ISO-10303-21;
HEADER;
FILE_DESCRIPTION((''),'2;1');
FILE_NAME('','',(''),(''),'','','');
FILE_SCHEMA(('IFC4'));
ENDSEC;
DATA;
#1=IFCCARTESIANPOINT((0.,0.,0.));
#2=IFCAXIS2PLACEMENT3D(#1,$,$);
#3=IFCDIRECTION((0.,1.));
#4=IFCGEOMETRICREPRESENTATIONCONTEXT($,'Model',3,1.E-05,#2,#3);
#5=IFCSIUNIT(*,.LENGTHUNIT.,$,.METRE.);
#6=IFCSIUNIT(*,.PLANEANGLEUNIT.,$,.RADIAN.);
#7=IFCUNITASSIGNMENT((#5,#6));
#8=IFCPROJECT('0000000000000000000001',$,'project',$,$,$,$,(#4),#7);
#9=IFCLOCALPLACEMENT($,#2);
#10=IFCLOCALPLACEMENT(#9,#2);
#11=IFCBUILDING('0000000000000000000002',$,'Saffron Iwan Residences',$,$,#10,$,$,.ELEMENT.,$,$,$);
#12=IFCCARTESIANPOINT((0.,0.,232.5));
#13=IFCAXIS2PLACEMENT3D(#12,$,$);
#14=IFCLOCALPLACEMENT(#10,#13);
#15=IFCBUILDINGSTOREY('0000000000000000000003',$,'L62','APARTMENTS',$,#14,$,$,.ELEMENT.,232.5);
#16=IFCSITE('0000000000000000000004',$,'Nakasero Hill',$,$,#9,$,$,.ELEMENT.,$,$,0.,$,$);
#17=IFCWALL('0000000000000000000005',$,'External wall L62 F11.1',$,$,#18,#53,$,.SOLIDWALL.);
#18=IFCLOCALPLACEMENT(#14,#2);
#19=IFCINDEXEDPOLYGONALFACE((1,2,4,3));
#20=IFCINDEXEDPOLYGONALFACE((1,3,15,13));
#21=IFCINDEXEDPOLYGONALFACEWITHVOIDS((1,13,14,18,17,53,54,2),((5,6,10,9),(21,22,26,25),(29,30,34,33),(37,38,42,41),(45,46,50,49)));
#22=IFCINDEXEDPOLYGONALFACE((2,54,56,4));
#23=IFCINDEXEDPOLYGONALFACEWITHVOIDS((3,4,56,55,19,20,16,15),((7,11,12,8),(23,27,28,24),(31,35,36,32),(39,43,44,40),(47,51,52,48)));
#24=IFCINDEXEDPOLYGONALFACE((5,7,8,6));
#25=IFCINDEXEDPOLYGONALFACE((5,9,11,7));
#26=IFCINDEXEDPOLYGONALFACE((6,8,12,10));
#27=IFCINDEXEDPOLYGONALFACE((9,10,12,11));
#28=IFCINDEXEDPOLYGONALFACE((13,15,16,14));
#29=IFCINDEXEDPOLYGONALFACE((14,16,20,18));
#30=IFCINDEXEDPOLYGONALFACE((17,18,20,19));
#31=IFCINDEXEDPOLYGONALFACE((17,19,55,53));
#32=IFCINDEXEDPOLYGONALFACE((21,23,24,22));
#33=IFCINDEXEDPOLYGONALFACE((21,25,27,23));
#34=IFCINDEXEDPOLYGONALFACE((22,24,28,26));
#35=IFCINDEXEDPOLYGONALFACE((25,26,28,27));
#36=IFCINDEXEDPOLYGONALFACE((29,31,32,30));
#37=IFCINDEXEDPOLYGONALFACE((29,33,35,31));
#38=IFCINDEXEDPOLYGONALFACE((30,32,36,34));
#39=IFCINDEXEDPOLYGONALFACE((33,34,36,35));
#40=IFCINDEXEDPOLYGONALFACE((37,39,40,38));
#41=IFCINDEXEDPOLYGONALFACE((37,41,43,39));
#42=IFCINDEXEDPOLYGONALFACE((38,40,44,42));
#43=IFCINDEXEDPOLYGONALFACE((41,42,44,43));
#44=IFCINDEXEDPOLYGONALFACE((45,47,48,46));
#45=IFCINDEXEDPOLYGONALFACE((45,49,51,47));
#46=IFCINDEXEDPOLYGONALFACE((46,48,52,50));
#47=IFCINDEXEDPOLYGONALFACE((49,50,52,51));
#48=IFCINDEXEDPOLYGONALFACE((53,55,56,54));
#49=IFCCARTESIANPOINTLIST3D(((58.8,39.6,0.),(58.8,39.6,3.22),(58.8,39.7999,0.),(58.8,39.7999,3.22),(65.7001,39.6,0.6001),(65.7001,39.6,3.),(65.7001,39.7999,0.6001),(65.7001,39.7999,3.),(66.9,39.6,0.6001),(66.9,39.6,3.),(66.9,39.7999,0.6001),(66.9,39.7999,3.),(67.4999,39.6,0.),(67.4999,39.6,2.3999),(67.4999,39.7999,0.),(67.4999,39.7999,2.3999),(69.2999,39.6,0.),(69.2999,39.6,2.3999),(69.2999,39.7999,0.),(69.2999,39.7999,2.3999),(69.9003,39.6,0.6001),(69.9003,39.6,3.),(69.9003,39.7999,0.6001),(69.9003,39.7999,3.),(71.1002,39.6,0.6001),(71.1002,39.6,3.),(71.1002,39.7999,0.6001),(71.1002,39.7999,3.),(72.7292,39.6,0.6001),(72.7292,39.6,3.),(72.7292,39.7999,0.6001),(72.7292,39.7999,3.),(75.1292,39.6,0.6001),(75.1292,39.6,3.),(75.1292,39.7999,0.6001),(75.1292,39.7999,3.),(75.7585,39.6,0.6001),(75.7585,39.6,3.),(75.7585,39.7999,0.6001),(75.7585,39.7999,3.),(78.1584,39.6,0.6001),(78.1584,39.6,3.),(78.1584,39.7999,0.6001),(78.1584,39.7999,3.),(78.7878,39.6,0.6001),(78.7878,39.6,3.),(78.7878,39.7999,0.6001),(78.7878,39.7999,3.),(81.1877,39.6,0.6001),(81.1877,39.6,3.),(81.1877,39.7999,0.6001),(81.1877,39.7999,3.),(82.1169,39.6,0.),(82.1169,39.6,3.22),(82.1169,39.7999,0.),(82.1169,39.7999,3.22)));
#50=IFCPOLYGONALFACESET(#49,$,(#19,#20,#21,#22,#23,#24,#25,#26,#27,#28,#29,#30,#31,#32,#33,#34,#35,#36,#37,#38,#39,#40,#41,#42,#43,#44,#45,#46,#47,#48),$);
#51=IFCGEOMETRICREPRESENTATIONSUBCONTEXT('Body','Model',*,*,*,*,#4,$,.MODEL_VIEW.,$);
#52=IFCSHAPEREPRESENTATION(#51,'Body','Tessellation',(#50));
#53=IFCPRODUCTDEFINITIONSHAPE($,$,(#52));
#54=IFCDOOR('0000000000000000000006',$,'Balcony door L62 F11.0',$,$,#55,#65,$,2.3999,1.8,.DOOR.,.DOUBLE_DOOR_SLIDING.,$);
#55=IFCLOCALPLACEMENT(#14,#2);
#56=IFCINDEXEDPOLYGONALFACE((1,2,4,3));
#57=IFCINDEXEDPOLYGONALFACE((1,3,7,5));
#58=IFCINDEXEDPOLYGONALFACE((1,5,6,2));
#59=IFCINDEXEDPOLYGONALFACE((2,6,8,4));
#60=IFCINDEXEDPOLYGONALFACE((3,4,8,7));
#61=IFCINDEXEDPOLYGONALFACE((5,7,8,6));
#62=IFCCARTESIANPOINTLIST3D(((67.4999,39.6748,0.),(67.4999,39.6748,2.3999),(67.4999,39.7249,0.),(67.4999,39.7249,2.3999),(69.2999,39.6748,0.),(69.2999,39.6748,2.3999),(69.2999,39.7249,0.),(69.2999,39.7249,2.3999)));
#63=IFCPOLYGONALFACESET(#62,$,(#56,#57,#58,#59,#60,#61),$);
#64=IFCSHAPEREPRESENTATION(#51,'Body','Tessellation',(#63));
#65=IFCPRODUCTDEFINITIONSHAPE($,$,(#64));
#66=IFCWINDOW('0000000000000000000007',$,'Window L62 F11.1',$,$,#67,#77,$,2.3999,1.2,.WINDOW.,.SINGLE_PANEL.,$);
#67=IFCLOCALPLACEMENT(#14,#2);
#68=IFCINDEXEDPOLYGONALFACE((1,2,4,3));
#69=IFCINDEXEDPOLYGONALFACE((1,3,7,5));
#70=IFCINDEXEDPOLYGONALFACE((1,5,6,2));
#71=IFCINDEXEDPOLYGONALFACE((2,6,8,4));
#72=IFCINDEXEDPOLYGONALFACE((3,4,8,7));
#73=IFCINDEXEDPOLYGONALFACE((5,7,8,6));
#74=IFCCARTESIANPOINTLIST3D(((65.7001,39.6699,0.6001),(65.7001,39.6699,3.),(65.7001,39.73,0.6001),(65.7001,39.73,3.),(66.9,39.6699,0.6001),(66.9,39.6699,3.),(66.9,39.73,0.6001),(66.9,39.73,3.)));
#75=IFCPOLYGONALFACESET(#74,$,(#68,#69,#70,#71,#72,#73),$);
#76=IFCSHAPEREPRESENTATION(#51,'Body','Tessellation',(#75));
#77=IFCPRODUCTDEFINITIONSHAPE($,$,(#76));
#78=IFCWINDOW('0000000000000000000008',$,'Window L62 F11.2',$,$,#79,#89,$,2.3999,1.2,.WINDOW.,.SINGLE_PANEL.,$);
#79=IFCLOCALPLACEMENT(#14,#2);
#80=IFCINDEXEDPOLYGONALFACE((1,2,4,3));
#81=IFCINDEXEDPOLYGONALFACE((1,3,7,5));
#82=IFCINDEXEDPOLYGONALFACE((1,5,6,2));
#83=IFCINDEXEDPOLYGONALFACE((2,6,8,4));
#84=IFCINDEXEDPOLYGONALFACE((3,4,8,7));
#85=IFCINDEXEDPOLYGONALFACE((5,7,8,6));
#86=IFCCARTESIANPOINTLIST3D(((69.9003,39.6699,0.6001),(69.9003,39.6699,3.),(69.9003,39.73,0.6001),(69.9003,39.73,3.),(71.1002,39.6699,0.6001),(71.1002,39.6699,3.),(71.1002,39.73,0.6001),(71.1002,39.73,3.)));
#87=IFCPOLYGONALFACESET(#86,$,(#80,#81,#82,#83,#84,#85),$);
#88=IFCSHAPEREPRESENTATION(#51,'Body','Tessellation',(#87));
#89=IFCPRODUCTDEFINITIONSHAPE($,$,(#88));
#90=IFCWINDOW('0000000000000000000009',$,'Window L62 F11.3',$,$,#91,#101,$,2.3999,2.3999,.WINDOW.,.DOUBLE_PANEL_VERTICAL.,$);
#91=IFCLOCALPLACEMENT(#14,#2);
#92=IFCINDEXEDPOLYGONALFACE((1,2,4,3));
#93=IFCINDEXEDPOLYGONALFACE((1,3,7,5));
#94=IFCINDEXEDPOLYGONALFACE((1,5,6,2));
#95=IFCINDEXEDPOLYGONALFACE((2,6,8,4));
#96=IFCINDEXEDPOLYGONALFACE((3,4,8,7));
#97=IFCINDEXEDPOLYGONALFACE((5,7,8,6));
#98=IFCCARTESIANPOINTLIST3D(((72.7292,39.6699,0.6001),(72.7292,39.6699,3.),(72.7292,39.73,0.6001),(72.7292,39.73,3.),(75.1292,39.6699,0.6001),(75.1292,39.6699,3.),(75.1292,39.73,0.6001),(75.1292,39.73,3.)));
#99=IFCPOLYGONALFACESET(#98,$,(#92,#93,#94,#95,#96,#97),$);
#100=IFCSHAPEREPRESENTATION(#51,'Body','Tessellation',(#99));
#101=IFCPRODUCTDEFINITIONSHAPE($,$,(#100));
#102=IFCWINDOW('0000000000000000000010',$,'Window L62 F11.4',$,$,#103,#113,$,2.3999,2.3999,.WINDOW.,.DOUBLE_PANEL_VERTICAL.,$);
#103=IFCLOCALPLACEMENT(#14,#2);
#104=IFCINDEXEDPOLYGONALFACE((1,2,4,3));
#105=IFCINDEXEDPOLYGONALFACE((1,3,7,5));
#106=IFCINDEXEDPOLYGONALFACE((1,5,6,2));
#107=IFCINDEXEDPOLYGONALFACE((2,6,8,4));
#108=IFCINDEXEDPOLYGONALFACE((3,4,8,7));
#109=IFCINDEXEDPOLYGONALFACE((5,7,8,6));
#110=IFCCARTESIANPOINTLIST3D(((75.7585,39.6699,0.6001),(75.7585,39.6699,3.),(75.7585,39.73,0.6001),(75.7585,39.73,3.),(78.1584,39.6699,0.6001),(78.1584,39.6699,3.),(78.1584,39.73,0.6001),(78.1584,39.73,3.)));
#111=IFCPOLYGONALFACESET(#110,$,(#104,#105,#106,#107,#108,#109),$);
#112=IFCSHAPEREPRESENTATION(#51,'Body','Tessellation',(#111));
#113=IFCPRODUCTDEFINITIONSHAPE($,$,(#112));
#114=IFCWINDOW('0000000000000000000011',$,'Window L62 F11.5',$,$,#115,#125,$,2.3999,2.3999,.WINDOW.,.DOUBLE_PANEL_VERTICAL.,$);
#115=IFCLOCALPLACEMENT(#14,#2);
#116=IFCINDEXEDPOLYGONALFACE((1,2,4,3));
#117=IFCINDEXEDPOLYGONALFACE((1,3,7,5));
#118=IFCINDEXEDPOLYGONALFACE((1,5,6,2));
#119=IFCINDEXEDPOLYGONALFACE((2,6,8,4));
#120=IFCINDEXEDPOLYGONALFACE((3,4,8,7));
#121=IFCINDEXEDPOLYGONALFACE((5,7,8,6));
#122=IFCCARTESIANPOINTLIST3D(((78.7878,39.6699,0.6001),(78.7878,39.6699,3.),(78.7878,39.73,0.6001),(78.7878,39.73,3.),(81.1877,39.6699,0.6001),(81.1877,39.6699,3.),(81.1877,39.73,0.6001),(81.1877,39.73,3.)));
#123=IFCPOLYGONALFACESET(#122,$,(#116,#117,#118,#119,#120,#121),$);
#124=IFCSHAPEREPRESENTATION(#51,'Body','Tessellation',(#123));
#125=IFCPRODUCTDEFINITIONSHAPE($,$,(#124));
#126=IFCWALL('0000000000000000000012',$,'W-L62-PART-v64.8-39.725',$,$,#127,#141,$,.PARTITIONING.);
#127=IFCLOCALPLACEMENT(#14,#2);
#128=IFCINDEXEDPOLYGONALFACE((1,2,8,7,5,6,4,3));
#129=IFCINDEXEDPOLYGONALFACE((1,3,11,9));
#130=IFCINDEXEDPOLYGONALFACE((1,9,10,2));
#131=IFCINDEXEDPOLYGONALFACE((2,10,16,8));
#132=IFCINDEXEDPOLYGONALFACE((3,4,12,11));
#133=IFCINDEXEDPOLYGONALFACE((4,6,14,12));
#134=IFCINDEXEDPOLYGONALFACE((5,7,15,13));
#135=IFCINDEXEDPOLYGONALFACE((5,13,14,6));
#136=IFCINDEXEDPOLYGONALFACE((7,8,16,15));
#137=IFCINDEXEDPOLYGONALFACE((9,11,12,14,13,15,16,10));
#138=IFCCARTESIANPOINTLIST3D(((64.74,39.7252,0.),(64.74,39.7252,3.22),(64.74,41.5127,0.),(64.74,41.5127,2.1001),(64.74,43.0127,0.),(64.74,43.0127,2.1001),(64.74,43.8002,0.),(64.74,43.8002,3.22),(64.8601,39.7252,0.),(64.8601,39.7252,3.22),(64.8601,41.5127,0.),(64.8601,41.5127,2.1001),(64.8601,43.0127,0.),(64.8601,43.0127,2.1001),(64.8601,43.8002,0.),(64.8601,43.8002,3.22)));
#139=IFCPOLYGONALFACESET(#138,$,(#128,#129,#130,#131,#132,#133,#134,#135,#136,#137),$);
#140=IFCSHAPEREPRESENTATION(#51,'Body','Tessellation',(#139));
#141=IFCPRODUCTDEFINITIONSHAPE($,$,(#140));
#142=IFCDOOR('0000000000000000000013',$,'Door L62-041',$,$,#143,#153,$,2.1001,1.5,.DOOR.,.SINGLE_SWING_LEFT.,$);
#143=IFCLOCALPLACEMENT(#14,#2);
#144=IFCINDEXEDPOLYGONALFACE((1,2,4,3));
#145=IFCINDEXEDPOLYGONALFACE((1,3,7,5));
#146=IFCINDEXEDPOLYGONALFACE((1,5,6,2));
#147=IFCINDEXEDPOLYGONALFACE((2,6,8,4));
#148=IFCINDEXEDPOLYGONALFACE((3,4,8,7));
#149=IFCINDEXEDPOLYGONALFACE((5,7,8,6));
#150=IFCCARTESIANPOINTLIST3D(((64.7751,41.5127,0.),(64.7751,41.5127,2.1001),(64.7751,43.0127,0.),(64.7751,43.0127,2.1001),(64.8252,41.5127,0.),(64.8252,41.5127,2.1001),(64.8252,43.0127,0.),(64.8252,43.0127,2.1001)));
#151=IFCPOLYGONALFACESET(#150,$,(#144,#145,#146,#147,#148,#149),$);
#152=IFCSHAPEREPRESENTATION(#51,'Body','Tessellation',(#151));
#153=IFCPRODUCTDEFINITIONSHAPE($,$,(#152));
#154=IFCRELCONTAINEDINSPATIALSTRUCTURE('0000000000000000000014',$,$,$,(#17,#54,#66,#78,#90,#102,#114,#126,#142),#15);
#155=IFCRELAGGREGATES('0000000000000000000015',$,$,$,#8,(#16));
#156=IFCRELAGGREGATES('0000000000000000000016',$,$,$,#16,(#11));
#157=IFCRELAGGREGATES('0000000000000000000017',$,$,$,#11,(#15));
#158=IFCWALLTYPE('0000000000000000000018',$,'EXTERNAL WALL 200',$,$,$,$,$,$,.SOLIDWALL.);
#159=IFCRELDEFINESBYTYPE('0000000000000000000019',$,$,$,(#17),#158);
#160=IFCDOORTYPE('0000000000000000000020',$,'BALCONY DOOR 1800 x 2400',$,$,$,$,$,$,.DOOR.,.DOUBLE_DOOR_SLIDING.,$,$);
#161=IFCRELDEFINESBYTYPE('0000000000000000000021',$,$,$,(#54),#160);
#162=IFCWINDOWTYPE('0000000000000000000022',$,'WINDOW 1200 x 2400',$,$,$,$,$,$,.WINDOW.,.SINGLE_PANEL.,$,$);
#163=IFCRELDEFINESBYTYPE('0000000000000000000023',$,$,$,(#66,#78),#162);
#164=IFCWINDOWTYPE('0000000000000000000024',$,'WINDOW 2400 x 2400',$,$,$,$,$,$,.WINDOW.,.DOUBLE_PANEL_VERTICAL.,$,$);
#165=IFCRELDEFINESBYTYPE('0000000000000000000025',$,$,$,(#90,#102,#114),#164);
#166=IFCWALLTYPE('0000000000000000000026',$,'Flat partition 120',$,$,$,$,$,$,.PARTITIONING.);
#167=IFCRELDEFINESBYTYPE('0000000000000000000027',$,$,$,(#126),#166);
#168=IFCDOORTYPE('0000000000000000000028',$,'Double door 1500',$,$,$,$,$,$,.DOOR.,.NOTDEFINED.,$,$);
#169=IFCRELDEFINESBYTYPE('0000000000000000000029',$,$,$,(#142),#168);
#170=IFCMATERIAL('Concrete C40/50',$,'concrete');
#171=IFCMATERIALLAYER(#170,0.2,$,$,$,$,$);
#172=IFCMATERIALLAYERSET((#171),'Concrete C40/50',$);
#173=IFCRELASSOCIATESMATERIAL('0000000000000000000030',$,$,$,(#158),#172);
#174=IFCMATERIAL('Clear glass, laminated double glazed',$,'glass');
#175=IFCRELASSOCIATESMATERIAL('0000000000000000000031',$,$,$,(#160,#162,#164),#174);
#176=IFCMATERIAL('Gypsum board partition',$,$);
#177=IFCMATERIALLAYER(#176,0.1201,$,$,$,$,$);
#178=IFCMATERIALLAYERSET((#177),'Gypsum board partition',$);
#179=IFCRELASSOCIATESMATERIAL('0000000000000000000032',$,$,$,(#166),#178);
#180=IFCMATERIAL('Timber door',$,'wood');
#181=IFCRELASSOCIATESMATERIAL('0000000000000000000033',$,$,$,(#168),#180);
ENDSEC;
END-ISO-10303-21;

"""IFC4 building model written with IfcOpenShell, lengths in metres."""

from ifc_helpers import new_model, si_unit, direction, frame, frame_2d, origin, place, context, subcontext, project, spatial, rectangle, extrude, material, layer, layer_set, type_object, element, fill, save


model = new_model("IFC4")

# Units and contexts
model_context = context("Model", 3, precision=1e-05, world=origin(), true_north=direction((0.0, 1.0)))
body_context = subcontext(model_context, "Body", "Model", "MODEL_VIEW")
ifc_project = project(units=[si_unit("LENGTHUNIT", "METRE"), si_unit("PLANEANGLEUNIT", "RADIAN")], contexts=[model_context])

# Site, building, storey
site_placement = place(None, origin())
site = spatial("IfcSite", under=ifc_project, at=site_placement, Name="Nakasero Hill", CompositionType="ELEMENT", RefElevation=0.0)
building_placement = place(site_placement, origin())
building = spatial("IfcBuilding", under=site, at=building_placement, Name="Saffron Iwan Residences", CompositionType="ELEMENT")
storey_placement = place(building_placement, frame((0.0, 0.0, 232.5)))
storey = spatial("IfcBuildingStorey", under=building, at=storey_placement, Name="L62", Description="APARTMENTS", CompositionType="ELEMENT", Elevation=232.5)

# Shared definitions
ifc_material_1 = material(Name="Concrete C40/50", Category="concrete")

# Wall, openings, door, windows
ifc_layer_1 = layer(ifc_material_1, 0.2)
ifc_layer_set_1 = layer_set([ifc_layer_1], Name="Concrete C40/50")
wall_type_1 = type_object("IfcWallType", Name="EXTERNAL WALL 200", PredefinedType="SOLIDWALL", material=ifc_layer_set_1)
wall_1_placement = place(storey_placement, frame((58.8, 39.7, 0.0), z_axis=(0.0, 0.0, 1.0), x_axis=(1.0, 0.0, 0.0)))
wall_1 = element("IfcWall", 1, at=wall_1_placement, inside=storey, type_object=wall_type_1, Name="External wall L62 F11.1", PredefinedType="SOLIDWALL", context=body_context, shape_type="SweptSolid", body=[
    extrude(rectangle(XDim=23.3169, YDim=0.2, at=frame_2d((11.6584, 0.0))), origin(), (0.0, 0.0, 1.0), 3.22),
])
opening_1_placement = place(wall_1_placement, frame((8.7, 0.0, 0.0)))
opening_1 = element("IfcOpeningElement", 2, at=opening_1_placement, cuts=wall_1, PredefinedType="OPENING", context=body_context, shape_type="SweptSolid", body=[
    extrude(rectangle(XDim=1.8, YDim=2.3999, at=frame_2d((0.8999, 1.2))), frame((0.0, 0.1099, 0.0), z_axis=(0.0, -1.0, 0.0), x_axis=(1.0, 0.0, 0.0)), (0.0, 0.0, 1.0), 0.22),
])
opening_2_placement = place(wall_1_placement, frame((6.8999, 0.0, 0.6001)))
opening_2 = element("IfcOpeningElement", 3, at=opening_2_placement, cuts=wall_1, PredefinedType="OPENING", context=body_context, shape_type="SweptSolid", body=[
    extrude(rectangle(XDim=1.2, YDim=2.3999, at=frame_2d((0.6001, 1.2))), frame((0.0, 0.1099, 0.0), z_axis=(0.0, -1.0, 0.0), x_axis=(1.0, 0.0, 0.0)), (0.0, 0.0, 1.0), 0.22),
])
opening_3_placement = place(wall_1_placement, frame((11.1001, 0.0, 0.6001)))
opening_3 = element("IfcOpeningElement", 4, at=opening_3_placement, cuts=wall_1, PredefinedType="OPENING", context=body_context, shape_type="SweptSolid", body=[
    extrude(rectangle(XDim=1.2, YDim=2.3999, at=frame_2d((0.6001, 1.2))), frame((0.0, 0.1099, 0.0), z_axis=(0.0, -1.0, 0.0), x_axis=(1.0, 0.0, 0.0)), (0.0, 0.0, 1.0), 0.22),
])
opening_4_placement = place(wall_1_placement, frame((13.9292, 0.0, 0.6001)))
opening_4 = element("IfcOpeningElement", 5, at=opening_4_placement, cuts=wall_1, PredefinedType="OPENING", context=body_context, shape_type="SweptSolid", body=[
    extrude(rectangle(XDim=2.3999, YDim=2.3999, at=frame_2d((1.2, 1.2))), frame((0.0, 0.1099, 0.0), z_axis=(0.0, -1.0, 0.0), x_axis=(1.0, 0.0, 0.0)), (0.0, 0.0, 1.0), 0.22),
])
opening_5_placement = place(wall_1_placement, frame((16.9585, 0.0, 0.6001)))
opening_5 = element("IfcOpeningElement", 6, at=opening_5_placement, cuts=wall_1, PredefinedType="OPENING", context=body_context, shape_type="SweptSolid", body=[
    extrude(rectangle(XDim=2.3999, YDim=2.3999, at=frame_2d((1.2, 1.2))), frame((0.0, 0.1099, 0.0), z_axis=(0.0, -1.0, 0.0), x_axis=(1.0, 0.0, 0.0)), (0.0, 0.0, 1.0), 0.22),
])
opening_6_placement = place(wall_1_placement, frame((19.9878, 0.0, 0.6001)))
opening_6 = element("IfcOpeningElement", 7, at=opening_6_placement, cuts=wall_1, PredefinedType="OPENING", context=body_context, shape_type="SweptSolid", body=[
    extrude(rectangle(XDim=2.3999, YDim=2.3999, at=frame_2d((1.2, 1.2))), frame((0.0, 0.1099, 0.0), z_axis=(0.0, -1.0, 0.0), x_axis=(1.0, 0.0, 0.0)), (0.0, 0.0, 1.0), 0.22),
])
ifc_material_2 = material(Name="Clear glass, laminated double glazed", Category="glass")
door_type_1 = type_object("IfcDoorType", Name="BALCONY DOOR 1800 x 2400", OperationType="DOUBLE_DOOR_SLIDING", PredefinedType="DOOR", material=ifc_material_2)
door_1_placement = place(opening_1_placement, origin())
door_1 = element("IfcDoor", 8, at=door_1_placement, inside=storey, type_object=door_type_1, Name="Balcony door L62 F11.0", OperationType="DOUBLE_DOOR_SLIDING", OverallHeight=2.3999, OverallWidth=1.8, PredefinedType="DOOR", context=body_context, shape_type="SweptSolid", body=[
    extrude(rectangle(XDim=1.8, YDim=2.3999, at=frame_2d((0.8999, 1.2))), frame((0.0, 0.0249, 0.0), z_axis=(0.0, -1.0, 0.0), x_axis=(1.0, 0.0, 0.0)), (0.0, 0.0, 1.0), 0.05),
])
fill(opening_1, door_1)
window_type_1 = type_object("IfcWindowType", Name="WINDOW 1200 x 2400", PartitioningType="SINGLE_PANEL", PredefinedType="WINDOW", material=ifc_material_2)
window_1_placement = place(opening_2_placement, origin())
window_1 = element("IfcWindow", 9, at=window_1_placement, inside=storey, type_object=window_type_1, Name="Window L62 F11.1", OverallHeight=2.3999, OverallWidth=1.2, PartitioningType="SINGLE_PANEL", PredefinedType="WINDOW", context=body_context, shape_type="SweptSolid", body=[
    extrude(rectangle(XDim=1.2, YDim=2.3999, at=frame_2d((0.6001, 1.2))), frame((0.0, 0.03, 0.0), z_axis=(0.0, -1.0, 0.0), x_axis=(1.0, 0.0, 0.0)), (0.0, 0.0, 1.0), 0.0601),
])
fill(opening_2, window_1)
window_2_placement = place(opening_3_placement, origin())
window_2 = element("IfcWindow", 10, at=window_2_placement, inside=storey, type_object=window_type_1, Name="Window L62 F11.2", OverallHeight=2.3999, OverallWidth=1.2, PartitioningType="SINGLE_PANEL", PredefinedType="WINDOW", context=body_context, shape_type="SweptSolid", body=[
    extrude(rectangle(XDim=1.2, YDim=2.3999, at=frame_2d((0.6001, 1.2))), frame((0.0, 0.03, 0.0), z_axis=(0.0, -1.0, 0.0), x_axis=(1.0, 0.0, 0.0)), (0.0, 0.0, 1.0), 0.0601),
])
fill(opening_3, window_2)
window_type_2 = type_object("IfcWindowType", Name="WINDOW 2400 x 2400", PartitioningType="DOUBLE_PANEL_VERTICAL", PredefinedType="WINDOW", material=ifc_material_2)
window_3_placement = place(opening_4_placement, origin())
window_3 = element("IfcWindow", 11, at=window_3_placement, inside=storey, type_object=window_type_2, Name="Window L62 F11.3", OverallHeight=2.3999, OverallWidth=2.3999, PartitioningType="DOUBLE_PANEL_VERTICAL", PredefinedType="WINDOW", context=body_context, shape_type="SweptSolid", body=[
    extrude(rectangle(XDim=2.3999, YDim=2.3999, at=frame_2d((1.2, 1.2))), frame((0.0, 0.03, 0.0), z_axis=(0.0, -1.0, 0.0), x_axis=(1.0, 0.0, 0.0)), (0.0, 0.0, 1.0), 0.0601),
])
fill(opening_4, window_3)
window_4_placement = place(opening_5_placement, origin())
window_4 = element("IfcWindow", 12, at=window_4_placement, inside=storey, type_object=window_type_2, Name="Window L62 F11.4", OverallHeight=2.3999, OverallWidth=2.3999, PartitioningType="DOUBLE_PANEL_VERTICAL", PredefinedType="WINDOW", context=body_context, shape_type="SweptSolid", body=[
    extrude(rectangle(XDim=2.3999, YDim=2.3999, at=frame_2d((1.2, 1.2))), frame((0.0, 0.03, 0.0), z_axis=(0.0, -1.0, 0.0), x_axis=(1.0, 0.0, 0.0)), (0.0, 0.0, 1.0), 0.0601),
])
fill(opening_5, window_4)
window_5_placement = place(opening_6_placement, origin())
window_5 = element("IfcWindow", 13, at=window_5_placement, inside=storey, type_object=window_type_2, Name="Window L62 F11.5", OverallHeight=2.3999, OverallWidth=2.3999, PartitioningType="DOUBLE_PANEL_VERTICAL", PredefinedType="WINDOW", context=body_context, shape_type="SweptSolid", body=[
    extrude(rectangle(XDim=2.3999, YDim=2.3999, at=frame_2d((1.2, 1.2))), frame((0.0, 0.03, 0.0), z_axis=(0.0, -1.0, 0.0), x_axis=(1.0, 0.0, 0.0)), (0.0, 0.0, 1.0), 0.0601),
])
fill(opening_6, window_5)

# Wall, opening, door
ifc_material_3 = material(Name="Gypsum board partition")
ifc_layer_2 = layer(ifc_material_3, 0.1201)
ifc_layer_set_2 = layer_set([ifc_layer_2], Name="Gypsum board partition")
wall_type_2 = type_object("IfcWallType", Name="Flat partition 120", PredefinedType="PARTITIONING", material=ifc_layer_set_2)
wall_2_placement = place(storey_placement, frame((64.8, 39.7251, 0.0), z_axis=(0.0, 0.0, 1.0), x_axis=(0.0, 1.0, 0.0)))
wall_2 = element("IfcWall", 14, at=wall_2_placement, inside=storey, type_object=wall_type_2, Name="W-L62-PART-v64.8-39.725", PredefinedType="PARTITIONING", context=body_context, shape_type="SweptSolid", body=[
    extrude(rectangle(XDim=4.075, YDim=0.1201, at=frame_2d((2.0376, 0.0))), origin(), (0.0, 0.0, 1.0), 3.22),
])
opening_7_placement = place(wall_2_placement, frame((1.7876, 0.0, 0.0)))
opening_7 = element("IfcOpeningElement", 15, at=opening_7_placement, cuts=wall_2, PredefinedType="OPENING", context=body_context, shape_type="SweptSolid", body=[
    extrude(rectangle(XDim=1.5, YDim=2.1001, at=frame_2d((0.75, 1.05))), frame((0.0, 0.0701, 0.0), z_axis=(0.0, -1.0, 0.0), x_axis=(1.0, 0.0, 0.0)), (0.0, 0.0, 1.0), 0.1401),
])
ifc_material_4 = material(Name="Timber door", Category="wood")
door_type_2 = type_object("IfcDoorType", Name="Double door 1500", OperationType="NOTDEFINED", PredefinedType="DOOR", material=ifc_material_4)
door_2_placement = place(opening_7_placement, origin())
door_2 = element("IfcDoor", 16, at=door_2_placement, inside=storey, type_object=door_type_2, Name="Door L62-041", OperationType="SINGLE_SWING_LEFT", OverallHeight=2.1001, OverallWidth=1.5, PredefinedType="DOOR", context=body_context, shape_type="SweptSolid", body=[
    extrude(rectangle(XDim=1.5, YDim=2.1001, at=frame_2d((0.75, 1.05))), frame((0.0, 0.0249, 0.0), z_axis=(0.0, -1.0, 0.0), x_axis=(1.0, 0.0, 0.0)), (0.0, 0.0, 1.0), 0.05),
])
fill(opening_7, door_2)

save(model, "model.ifc")
